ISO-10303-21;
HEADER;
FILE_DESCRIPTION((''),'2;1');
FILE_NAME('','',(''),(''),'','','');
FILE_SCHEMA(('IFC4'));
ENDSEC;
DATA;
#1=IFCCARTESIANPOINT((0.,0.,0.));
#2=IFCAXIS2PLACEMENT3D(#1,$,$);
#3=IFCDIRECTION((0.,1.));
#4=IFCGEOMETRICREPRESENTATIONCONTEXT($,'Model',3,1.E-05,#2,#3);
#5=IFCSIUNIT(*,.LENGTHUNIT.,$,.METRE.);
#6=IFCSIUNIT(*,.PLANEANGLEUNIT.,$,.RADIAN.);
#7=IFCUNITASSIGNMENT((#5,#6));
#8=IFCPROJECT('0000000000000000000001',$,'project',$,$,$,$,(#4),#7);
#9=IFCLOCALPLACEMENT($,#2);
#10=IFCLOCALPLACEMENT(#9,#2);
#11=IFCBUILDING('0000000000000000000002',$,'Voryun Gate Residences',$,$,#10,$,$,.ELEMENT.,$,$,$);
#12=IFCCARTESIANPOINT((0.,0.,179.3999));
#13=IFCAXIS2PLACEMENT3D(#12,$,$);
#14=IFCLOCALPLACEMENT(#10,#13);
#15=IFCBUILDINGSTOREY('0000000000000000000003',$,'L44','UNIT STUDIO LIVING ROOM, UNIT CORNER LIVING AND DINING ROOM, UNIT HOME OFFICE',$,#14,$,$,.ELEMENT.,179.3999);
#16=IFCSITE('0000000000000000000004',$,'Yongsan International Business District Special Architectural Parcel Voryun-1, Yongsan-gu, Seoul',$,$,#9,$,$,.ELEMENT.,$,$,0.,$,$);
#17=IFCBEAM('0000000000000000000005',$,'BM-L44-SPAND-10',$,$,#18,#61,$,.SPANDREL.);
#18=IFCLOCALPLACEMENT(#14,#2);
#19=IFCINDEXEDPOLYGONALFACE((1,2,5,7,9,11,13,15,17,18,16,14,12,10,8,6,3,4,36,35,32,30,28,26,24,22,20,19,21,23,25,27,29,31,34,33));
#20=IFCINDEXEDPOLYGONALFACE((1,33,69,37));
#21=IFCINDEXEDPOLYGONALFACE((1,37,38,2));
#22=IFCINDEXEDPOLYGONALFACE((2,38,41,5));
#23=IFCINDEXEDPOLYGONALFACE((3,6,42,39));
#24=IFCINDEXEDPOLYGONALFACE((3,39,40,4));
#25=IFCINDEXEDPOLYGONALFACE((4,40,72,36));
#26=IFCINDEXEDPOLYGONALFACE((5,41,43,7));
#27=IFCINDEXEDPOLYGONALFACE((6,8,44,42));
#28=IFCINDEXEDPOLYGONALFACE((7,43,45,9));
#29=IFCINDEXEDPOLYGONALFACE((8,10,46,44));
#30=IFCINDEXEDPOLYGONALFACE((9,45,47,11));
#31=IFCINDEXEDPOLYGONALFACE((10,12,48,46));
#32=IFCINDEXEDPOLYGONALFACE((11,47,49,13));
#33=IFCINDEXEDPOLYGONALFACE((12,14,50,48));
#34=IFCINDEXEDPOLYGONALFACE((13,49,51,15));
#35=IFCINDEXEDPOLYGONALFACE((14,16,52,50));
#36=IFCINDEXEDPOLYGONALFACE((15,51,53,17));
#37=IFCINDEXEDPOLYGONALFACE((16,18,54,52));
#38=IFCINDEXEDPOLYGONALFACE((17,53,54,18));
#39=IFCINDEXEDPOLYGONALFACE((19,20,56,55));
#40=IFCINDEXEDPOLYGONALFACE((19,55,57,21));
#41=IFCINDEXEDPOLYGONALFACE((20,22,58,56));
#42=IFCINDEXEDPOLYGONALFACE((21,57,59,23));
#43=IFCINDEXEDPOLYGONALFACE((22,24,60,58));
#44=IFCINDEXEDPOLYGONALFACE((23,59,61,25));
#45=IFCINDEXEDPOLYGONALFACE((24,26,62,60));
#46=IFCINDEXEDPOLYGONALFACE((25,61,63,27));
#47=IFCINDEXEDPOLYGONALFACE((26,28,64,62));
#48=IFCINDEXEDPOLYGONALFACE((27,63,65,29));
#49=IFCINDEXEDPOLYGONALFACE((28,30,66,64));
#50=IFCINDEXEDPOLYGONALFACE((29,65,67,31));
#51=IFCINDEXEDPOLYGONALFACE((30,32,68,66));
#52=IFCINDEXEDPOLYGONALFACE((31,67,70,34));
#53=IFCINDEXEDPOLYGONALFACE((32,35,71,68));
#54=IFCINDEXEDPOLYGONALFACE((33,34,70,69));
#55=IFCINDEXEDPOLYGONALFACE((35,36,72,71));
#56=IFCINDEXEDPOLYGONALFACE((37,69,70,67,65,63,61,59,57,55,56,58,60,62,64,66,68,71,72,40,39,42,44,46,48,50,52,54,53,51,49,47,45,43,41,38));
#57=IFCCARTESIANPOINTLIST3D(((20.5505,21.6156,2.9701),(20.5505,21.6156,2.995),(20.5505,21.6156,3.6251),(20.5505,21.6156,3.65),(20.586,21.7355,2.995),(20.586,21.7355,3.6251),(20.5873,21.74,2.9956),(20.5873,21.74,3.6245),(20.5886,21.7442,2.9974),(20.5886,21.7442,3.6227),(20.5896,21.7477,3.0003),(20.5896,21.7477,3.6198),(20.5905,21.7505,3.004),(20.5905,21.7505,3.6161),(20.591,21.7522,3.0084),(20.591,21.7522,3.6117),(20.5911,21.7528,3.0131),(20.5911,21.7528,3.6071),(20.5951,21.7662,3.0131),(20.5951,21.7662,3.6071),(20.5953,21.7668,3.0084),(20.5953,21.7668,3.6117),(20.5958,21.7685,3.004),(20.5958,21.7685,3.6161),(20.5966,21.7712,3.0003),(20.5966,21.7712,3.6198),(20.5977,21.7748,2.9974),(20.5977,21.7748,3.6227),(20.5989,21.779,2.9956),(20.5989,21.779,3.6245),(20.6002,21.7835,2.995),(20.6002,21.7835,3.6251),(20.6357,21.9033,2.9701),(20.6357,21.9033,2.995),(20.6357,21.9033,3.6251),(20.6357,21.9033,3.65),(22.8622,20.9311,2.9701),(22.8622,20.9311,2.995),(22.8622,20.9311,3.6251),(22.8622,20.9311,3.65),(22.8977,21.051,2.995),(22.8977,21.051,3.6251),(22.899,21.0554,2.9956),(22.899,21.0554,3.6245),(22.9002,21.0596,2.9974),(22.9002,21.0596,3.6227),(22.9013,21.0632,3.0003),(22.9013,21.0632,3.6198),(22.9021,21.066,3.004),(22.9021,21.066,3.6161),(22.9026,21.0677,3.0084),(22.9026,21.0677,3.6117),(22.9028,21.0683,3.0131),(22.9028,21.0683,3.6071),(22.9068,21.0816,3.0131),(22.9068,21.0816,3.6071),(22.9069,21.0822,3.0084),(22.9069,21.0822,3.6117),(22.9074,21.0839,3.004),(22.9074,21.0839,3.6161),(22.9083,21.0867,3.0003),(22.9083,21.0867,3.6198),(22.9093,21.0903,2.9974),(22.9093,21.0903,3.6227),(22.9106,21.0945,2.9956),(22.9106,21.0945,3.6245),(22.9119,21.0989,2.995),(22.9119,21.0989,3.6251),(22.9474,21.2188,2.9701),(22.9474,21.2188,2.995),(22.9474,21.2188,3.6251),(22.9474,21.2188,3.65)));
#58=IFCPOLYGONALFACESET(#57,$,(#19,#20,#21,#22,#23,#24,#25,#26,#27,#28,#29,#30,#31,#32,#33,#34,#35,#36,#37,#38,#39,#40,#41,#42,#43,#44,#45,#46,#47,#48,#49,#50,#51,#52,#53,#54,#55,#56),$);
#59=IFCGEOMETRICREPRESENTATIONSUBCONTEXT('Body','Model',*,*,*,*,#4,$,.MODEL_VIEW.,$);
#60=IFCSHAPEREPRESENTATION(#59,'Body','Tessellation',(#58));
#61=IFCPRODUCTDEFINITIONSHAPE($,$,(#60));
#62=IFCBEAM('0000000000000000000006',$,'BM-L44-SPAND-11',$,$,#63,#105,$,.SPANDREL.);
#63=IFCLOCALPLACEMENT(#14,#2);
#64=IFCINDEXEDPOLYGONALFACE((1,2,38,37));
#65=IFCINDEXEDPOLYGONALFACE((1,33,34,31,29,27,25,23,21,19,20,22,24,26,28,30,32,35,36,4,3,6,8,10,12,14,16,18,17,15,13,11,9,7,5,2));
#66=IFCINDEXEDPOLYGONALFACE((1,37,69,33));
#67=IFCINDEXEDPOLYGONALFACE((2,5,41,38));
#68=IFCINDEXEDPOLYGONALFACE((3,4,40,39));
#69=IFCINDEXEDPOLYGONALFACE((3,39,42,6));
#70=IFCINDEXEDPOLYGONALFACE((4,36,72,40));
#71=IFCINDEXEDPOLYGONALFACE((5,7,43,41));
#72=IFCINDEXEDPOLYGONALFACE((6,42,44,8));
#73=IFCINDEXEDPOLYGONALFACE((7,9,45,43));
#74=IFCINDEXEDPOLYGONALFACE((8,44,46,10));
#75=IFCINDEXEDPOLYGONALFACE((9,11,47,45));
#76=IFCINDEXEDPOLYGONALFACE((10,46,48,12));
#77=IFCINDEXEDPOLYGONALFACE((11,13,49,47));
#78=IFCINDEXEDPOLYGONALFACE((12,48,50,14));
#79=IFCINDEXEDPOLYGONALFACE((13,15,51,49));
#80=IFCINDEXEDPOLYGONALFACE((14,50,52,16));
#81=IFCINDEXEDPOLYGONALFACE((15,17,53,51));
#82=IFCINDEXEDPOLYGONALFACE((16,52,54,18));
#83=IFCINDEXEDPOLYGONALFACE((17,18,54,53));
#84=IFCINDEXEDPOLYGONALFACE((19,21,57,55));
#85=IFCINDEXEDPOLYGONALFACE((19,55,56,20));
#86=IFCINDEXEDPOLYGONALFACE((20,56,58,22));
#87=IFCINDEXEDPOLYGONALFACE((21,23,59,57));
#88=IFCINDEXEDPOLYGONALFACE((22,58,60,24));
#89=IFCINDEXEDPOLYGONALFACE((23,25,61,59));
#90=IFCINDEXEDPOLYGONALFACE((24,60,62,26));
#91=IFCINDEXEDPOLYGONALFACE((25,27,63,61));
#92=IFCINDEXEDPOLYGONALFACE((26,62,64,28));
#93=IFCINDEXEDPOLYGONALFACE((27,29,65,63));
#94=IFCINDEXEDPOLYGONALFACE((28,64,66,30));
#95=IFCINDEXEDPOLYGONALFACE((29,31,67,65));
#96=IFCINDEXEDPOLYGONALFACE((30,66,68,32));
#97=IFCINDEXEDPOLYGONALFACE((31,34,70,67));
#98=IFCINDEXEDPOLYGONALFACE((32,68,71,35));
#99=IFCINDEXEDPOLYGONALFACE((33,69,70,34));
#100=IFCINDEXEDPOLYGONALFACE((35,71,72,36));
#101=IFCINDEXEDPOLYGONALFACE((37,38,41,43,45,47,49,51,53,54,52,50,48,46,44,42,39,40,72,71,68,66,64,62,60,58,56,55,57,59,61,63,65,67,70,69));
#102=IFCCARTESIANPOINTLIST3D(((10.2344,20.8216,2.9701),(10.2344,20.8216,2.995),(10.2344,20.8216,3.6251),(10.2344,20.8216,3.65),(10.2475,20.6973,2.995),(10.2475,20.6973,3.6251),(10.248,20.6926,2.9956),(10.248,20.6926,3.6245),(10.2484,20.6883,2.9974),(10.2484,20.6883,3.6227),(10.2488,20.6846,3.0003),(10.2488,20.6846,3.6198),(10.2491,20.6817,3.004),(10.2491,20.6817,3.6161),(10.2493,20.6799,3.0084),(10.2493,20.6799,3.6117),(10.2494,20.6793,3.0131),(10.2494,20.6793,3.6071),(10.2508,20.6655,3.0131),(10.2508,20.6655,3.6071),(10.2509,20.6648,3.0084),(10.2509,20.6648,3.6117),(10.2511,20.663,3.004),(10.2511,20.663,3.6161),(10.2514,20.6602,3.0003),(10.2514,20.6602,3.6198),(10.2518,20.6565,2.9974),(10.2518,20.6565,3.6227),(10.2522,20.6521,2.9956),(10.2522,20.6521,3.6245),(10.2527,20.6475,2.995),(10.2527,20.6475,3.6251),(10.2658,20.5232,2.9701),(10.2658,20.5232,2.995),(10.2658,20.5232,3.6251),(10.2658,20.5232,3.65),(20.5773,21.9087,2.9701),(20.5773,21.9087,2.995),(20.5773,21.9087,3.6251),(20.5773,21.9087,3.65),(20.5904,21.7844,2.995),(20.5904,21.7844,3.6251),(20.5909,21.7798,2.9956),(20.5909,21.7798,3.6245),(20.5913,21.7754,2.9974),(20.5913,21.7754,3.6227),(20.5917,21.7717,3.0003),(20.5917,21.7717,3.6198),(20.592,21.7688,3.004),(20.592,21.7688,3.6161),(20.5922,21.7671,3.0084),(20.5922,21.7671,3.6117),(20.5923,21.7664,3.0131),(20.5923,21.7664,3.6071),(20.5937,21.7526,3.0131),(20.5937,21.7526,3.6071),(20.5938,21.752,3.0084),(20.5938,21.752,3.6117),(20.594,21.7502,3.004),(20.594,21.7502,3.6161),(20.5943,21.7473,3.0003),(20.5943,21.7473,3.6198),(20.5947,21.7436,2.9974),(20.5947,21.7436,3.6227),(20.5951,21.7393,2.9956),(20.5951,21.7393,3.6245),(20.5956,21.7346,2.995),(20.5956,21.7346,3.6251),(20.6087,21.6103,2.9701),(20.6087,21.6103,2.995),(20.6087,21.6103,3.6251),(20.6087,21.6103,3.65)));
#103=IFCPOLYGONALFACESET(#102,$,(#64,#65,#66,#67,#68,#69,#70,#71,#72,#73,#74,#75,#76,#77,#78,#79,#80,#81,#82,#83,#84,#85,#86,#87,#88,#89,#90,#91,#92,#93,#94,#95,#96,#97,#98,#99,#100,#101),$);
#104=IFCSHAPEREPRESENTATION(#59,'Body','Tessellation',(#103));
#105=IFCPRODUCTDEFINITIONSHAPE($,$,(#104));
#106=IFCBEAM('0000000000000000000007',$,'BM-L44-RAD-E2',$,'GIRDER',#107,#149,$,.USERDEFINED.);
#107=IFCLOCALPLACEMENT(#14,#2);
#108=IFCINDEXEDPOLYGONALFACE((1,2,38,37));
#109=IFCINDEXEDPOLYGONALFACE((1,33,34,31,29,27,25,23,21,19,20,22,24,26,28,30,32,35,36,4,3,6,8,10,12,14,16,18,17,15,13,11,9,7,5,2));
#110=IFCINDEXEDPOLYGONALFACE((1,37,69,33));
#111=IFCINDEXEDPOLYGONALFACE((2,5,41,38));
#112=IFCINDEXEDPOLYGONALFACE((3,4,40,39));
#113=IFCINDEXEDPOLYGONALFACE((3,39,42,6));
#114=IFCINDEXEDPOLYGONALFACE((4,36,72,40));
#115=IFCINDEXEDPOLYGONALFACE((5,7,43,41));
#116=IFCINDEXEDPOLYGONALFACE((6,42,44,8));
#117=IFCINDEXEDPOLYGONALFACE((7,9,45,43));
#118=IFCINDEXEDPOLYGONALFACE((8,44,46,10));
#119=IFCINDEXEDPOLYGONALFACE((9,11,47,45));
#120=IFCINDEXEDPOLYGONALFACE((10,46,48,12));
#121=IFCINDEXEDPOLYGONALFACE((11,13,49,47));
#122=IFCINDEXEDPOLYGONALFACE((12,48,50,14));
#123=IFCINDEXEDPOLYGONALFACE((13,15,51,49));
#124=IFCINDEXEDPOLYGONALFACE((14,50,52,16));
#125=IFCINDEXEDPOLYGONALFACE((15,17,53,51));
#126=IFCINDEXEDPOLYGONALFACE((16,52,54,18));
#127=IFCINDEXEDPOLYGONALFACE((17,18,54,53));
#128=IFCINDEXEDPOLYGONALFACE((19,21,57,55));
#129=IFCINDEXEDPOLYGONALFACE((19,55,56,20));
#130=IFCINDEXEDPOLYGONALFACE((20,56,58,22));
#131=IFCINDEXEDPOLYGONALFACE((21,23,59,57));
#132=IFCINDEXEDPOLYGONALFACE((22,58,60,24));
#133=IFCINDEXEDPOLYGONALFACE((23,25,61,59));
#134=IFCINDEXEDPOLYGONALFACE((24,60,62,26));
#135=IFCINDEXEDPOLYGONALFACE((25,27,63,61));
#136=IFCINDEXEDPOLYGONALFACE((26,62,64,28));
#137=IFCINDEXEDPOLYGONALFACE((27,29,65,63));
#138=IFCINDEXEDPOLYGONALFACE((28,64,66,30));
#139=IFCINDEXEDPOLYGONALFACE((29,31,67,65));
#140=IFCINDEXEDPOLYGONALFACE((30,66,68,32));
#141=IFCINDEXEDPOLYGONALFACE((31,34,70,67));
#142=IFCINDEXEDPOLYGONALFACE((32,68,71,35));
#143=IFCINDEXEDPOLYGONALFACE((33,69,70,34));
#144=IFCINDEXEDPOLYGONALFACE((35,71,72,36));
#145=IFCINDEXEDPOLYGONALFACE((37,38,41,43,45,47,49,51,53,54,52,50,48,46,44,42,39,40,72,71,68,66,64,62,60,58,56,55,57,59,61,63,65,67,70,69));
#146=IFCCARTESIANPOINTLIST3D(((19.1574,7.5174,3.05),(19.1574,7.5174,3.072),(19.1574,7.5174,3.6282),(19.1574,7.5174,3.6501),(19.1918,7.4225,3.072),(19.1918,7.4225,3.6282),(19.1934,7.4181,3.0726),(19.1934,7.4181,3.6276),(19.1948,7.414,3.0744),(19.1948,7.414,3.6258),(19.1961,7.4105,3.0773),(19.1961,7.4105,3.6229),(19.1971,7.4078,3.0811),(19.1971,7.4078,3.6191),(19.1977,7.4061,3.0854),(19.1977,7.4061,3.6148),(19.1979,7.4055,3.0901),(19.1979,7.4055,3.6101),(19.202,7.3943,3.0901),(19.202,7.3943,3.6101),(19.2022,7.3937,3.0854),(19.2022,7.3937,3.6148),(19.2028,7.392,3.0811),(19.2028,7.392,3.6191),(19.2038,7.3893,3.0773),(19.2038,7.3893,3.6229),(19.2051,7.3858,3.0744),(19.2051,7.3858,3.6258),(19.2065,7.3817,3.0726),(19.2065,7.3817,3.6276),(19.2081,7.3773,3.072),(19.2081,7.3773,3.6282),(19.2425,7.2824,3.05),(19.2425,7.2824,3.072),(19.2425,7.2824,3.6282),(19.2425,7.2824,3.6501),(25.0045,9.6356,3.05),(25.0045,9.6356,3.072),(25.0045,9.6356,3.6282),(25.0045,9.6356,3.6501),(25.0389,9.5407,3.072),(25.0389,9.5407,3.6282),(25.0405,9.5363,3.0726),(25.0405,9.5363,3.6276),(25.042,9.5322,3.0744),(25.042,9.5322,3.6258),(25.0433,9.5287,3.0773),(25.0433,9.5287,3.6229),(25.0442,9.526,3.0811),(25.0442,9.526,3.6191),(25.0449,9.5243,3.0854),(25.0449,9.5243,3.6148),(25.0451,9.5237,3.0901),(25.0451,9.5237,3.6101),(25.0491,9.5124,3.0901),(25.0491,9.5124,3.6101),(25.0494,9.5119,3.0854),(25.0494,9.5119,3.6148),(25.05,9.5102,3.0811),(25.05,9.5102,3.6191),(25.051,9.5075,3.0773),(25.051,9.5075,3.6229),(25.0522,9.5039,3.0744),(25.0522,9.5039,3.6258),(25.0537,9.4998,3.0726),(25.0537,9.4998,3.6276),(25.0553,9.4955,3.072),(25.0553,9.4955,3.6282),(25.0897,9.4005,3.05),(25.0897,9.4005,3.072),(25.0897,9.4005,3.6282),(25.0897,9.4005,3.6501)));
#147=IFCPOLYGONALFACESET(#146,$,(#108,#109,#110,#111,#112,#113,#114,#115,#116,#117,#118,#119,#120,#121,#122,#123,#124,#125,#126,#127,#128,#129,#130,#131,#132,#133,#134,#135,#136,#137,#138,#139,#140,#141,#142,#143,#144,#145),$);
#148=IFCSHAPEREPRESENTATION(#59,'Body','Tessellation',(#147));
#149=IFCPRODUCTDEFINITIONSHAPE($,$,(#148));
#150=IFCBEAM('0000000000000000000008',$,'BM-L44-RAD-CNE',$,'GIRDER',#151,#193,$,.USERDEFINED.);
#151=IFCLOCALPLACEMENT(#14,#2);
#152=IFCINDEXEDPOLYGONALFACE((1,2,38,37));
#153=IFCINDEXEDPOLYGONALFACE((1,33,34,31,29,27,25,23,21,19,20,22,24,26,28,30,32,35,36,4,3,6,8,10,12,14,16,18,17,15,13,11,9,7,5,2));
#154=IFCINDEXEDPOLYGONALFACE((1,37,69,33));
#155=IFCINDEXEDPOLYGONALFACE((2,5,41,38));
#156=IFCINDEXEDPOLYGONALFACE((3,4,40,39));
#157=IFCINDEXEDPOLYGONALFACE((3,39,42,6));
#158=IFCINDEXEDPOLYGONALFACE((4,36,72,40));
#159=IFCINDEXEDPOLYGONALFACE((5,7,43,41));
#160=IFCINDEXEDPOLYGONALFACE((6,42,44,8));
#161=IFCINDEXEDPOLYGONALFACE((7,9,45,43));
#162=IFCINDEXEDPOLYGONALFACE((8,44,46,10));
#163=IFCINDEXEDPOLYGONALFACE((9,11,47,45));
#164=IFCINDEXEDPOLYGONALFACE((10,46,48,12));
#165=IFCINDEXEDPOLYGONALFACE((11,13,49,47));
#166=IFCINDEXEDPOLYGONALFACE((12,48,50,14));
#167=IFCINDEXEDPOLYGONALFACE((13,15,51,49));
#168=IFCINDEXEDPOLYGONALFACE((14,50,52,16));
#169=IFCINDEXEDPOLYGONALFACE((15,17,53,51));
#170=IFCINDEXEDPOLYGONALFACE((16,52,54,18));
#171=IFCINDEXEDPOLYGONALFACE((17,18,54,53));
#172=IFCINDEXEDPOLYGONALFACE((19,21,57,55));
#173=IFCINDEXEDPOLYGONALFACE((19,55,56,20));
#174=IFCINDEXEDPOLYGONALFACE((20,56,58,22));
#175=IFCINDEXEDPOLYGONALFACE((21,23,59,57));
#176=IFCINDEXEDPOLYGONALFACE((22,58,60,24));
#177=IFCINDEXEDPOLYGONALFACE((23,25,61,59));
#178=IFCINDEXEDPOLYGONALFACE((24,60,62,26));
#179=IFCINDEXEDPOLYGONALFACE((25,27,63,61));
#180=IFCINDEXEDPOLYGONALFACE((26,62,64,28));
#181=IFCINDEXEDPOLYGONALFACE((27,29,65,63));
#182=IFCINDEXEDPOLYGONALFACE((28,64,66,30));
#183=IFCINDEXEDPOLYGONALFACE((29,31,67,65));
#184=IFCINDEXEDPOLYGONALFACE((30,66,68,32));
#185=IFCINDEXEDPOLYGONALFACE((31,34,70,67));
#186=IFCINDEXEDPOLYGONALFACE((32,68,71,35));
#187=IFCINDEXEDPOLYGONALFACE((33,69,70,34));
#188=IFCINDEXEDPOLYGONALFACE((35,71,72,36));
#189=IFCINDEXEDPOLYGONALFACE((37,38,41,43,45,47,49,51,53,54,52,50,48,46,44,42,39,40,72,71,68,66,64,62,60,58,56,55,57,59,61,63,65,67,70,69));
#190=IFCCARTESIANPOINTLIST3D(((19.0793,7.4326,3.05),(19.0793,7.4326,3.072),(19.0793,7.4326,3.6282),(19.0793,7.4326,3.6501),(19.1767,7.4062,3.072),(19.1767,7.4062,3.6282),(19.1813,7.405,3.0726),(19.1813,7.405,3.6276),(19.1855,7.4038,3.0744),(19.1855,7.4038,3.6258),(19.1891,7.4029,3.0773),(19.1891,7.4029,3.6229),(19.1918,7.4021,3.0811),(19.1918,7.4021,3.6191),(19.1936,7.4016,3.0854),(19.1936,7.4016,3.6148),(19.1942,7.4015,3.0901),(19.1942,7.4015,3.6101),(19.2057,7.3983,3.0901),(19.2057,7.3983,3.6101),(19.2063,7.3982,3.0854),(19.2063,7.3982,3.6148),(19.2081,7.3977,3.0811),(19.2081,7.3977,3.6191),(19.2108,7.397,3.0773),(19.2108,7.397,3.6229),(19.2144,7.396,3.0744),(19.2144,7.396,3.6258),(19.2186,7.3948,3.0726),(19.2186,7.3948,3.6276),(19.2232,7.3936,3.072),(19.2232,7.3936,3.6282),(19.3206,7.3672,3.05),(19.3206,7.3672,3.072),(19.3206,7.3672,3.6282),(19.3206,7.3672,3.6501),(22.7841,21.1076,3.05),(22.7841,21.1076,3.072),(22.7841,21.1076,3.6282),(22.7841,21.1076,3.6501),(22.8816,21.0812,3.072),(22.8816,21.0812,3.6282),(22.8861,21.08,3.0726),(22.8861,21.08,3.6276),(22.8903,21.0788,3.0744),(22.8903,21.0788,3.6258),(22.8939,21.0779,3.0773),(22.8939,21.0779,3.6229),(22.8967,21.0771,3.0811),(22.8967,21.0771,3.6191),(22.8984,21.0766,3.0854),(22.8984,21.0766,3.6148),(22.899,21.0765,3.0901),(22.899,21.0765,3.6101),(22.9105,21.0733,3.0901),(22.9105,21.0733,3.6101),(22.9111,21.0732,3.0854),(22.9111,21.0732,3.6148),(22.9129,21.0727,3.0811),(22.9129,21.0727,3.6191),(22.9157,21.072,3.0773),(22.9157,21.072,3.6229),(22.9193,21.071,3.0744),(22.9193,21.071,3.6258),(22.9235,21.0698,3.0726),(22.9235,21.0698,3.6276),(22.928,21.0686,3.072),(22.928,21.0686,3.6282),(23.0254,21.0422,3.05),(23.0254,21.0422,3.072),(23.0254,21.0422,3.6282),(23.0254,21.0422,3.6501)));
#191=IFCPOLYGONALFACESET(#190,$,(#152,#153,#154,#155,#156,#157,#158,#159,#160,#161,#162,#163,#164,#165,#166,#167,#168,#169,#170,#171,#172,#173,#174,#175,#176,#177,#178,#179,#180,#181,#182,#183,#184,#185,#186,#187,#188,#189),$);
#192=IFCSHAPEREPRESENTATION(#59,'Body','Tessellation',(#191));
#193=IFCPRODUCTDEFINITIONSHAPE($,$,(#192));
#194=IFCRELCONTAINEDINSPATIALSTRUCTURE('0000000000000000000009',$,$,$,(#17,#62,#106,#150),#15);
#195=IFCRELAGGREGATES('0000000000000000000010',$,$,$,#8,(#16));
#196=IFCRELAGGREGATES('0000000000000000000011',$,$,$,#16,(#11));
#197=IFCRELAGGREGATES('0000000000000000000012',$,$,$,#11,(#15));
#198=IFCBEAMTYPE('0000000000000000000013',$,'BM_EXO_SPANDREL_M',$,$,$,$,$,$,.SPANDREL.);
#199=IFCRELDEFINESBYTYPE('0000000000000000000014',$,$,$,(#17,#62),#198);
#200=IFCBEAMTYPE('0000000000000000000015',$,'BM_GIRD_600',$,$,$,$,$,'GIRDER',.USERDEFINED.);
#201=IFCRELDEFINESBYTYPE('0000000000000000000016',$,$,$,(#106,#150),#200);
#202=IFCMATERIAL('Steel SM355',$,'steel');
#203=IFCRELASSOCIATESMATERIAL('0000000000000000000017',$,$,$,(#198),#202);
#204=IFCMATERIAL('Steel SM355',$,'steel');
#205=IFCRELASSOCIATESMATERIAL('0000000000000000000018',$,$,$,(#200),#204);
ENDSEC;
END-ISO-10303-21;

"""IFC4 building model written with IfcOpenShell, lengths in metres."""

from ifc_helpers import new_model, si_unit, direction, frame, origin, origin_2d, place, context, subcontext, project, spatial, i_section, extrude, material, material_profile, profile_set, type_object, element, save


model = new_model("IFC4")

# Units and contexts
model_context = context("Model", 3, precision=1e-05, world=origin(), true_north=direction((0.0, 1.0)))
body_context = subcontext(model_context, "Body", "Model", "MODEL_VIEW")
ifc_project = project(units=[si_unit("LENGTHUNIT", "METRE"), si_unit("PLANEANGLEUNIT", "RADIAN")], contexts=[model_context])

# Site, building, storey
site_placement = place(None, origin())
site = spatial("IfcSite", under=ifc_project, at=site_placement, Name="Yongsan International Business District Special Architectural Parcel Voryun-1, Yongsan-gu, Seoul", CompositionType="ELEMENT", RefElevation=0.0)
building_placement = place(site_placement, origin())
building = spatial("IfcBuilding", under=site, at=building_placement, Name="Voryun Gate Residences", CompositionType="ELEMENT")
storey_placement = place(building_placement, frame((0.0, 0.0, 179.3999)))
storey = spatial("IfcBuildingStorey", under=building, at=storey_placement, Name="L44", Description="UNIT STUDIO LIVING ROOM, UNIT CORNER LIVING AND DINING ROOM, UNIT HOME OFFICE", CompositionType="ELEMENT", Elevation=179.3999)

# Beams
ifc_material_1 = material(Name="Steel SM355", Category="steel")
ifc_material_profile_1 = material_profile(ifc_material_1, i_section(OverallWidth=0.3, OverallDepth=0.6799, WebThickness=0.0139, FlangeThickness=0.0249, FilletRadius=0.0181, at=origin_2d()), Name="H-680x300x14x25")
ifc_profile_set_1 = profile_set([ifc_material_profile_1], Name="Steel SM355")
beam_type_1 = type_object("IfcBeamType", Name="BM_EXO_SPANDREL_M", PredefinedType="SPANDREL", material=ifc_profile_set_1)
beam_1_placement = place(storey_placement, frame((22.9048, 21.075, 3.3101), z_axis=(-0.958843, 0.283937, 0.0), x_axis=(-0.283937, -0.958843, 0.0)))
element("IfcBeam", 1, at=beam_1_placement, inside=storey, type_object=beam_type_1, Name="BM-L44-SPAND-10", PredefinedType="SPANDREL", context=body_context, shape_type="SweptSolid", body=[
    extrude(i_section(OverallWidth=0.3, OverallDepth=0.6799, WebThickness=0.0139, FlangeThickness=0.0249, FilletRadius=0.0181, at=origin_2d()), origin(), (0.0, 0.0, 1.0), 2.4109),
])
beam_2_placement = place(storey_placement, frame((20.593, 21.7595, 3.3101), z_axis=(-0.994521, -0.104534, 0.0), x_axis=(0.104534, -0.994521, 0.0)))
element("IfcBeam", 2, at=beam_2_placement, inside=storey, type_object=beam_type_1, Name="BM-L44-SPAND-11", PredefinedType="SPANDREL", context=body_context, shape_type="SweptSolid", body=[
    extrude(i_section(OverallWidth=0.3, OverallDepth=0.6799, WebThickness=0.0139, FlangeThickness=0.0249, FilletRadius=0.0181, at=origin_2d()), origin(), (0.0, 0.0, 1.0), 10.3999),
])
ifc_material_2 = material(Name="Steel SM355", Category="steel")
ifc_material_profile_2 = material_profile(ifc_material_2, i_section(OverallWidth=0.25, OverallDepth=0.6001, WebThickness=0.012, FlangeThickness=0.022, FilletRadius=0.0181, at=origin_2d()), Name="H-600x250x12x22")
ifc_profile_set_2 = profile_set([ifc_material_profile_2], Name="Steel SM355")
beam_type_2 = type_object("IfcBeamType", Name="BM_GIRD_600", ElementType="GIRDER", PredefinedType="USERDEFINED", material=ifc_profile_set_2)
beam_3_placement = place(storey_placement, frame((19.2, 7.3999, 3.3501), z_axis=(0.94021, 0.340595, 0.0), x_axis=(-0.340595, 0.94021, 0.0)))
element("IfcBeam", 3, at=beam_3_placement, inside=storey, type_object=beam_type_2, Name="BM-L44-RAD-E2", ObjectType="GIRDER", PredefinedType="USERDEFINED", context=body_context, shape_type="SweptSolid", body=[
    extrude(i_section(OverallWidth=0.25, OverallDepth=0.6001, WebThickness=0.012, FlangeThickness=0.022, FilletRadius=0.0181, at=origin_2d()), origin(), (0.0, 0.0, 1.0), 6.219),
])
beam_4_placement = place(storey_placement, frame((19.2, 7.3999, 3.3501), z_axis=(0.261493, 0.965205, 0.0), x_axis=(-0.965205, 0.261493, 0.0)))
element("IfcBeam", 4, at=beam_4_placement, inside=storey, type_object=beam_type_2, Name="BM-L44-RAD-CNE", ObjectType="GIRDER", PredefinedType="USERDEFINED", context=body_context, shape_type="SweptSolid", body=[
    extrude(i_section(OverallWidth=0.25, OverallDepth=0.6001, WebThickness=0.012, FlangeThickness=0.022, FilletRadius=0.0181, at=origin_2d()), origin(), (0.0, 0.0, 1.0), 14.168),
])

save(model, "model.ifc")
